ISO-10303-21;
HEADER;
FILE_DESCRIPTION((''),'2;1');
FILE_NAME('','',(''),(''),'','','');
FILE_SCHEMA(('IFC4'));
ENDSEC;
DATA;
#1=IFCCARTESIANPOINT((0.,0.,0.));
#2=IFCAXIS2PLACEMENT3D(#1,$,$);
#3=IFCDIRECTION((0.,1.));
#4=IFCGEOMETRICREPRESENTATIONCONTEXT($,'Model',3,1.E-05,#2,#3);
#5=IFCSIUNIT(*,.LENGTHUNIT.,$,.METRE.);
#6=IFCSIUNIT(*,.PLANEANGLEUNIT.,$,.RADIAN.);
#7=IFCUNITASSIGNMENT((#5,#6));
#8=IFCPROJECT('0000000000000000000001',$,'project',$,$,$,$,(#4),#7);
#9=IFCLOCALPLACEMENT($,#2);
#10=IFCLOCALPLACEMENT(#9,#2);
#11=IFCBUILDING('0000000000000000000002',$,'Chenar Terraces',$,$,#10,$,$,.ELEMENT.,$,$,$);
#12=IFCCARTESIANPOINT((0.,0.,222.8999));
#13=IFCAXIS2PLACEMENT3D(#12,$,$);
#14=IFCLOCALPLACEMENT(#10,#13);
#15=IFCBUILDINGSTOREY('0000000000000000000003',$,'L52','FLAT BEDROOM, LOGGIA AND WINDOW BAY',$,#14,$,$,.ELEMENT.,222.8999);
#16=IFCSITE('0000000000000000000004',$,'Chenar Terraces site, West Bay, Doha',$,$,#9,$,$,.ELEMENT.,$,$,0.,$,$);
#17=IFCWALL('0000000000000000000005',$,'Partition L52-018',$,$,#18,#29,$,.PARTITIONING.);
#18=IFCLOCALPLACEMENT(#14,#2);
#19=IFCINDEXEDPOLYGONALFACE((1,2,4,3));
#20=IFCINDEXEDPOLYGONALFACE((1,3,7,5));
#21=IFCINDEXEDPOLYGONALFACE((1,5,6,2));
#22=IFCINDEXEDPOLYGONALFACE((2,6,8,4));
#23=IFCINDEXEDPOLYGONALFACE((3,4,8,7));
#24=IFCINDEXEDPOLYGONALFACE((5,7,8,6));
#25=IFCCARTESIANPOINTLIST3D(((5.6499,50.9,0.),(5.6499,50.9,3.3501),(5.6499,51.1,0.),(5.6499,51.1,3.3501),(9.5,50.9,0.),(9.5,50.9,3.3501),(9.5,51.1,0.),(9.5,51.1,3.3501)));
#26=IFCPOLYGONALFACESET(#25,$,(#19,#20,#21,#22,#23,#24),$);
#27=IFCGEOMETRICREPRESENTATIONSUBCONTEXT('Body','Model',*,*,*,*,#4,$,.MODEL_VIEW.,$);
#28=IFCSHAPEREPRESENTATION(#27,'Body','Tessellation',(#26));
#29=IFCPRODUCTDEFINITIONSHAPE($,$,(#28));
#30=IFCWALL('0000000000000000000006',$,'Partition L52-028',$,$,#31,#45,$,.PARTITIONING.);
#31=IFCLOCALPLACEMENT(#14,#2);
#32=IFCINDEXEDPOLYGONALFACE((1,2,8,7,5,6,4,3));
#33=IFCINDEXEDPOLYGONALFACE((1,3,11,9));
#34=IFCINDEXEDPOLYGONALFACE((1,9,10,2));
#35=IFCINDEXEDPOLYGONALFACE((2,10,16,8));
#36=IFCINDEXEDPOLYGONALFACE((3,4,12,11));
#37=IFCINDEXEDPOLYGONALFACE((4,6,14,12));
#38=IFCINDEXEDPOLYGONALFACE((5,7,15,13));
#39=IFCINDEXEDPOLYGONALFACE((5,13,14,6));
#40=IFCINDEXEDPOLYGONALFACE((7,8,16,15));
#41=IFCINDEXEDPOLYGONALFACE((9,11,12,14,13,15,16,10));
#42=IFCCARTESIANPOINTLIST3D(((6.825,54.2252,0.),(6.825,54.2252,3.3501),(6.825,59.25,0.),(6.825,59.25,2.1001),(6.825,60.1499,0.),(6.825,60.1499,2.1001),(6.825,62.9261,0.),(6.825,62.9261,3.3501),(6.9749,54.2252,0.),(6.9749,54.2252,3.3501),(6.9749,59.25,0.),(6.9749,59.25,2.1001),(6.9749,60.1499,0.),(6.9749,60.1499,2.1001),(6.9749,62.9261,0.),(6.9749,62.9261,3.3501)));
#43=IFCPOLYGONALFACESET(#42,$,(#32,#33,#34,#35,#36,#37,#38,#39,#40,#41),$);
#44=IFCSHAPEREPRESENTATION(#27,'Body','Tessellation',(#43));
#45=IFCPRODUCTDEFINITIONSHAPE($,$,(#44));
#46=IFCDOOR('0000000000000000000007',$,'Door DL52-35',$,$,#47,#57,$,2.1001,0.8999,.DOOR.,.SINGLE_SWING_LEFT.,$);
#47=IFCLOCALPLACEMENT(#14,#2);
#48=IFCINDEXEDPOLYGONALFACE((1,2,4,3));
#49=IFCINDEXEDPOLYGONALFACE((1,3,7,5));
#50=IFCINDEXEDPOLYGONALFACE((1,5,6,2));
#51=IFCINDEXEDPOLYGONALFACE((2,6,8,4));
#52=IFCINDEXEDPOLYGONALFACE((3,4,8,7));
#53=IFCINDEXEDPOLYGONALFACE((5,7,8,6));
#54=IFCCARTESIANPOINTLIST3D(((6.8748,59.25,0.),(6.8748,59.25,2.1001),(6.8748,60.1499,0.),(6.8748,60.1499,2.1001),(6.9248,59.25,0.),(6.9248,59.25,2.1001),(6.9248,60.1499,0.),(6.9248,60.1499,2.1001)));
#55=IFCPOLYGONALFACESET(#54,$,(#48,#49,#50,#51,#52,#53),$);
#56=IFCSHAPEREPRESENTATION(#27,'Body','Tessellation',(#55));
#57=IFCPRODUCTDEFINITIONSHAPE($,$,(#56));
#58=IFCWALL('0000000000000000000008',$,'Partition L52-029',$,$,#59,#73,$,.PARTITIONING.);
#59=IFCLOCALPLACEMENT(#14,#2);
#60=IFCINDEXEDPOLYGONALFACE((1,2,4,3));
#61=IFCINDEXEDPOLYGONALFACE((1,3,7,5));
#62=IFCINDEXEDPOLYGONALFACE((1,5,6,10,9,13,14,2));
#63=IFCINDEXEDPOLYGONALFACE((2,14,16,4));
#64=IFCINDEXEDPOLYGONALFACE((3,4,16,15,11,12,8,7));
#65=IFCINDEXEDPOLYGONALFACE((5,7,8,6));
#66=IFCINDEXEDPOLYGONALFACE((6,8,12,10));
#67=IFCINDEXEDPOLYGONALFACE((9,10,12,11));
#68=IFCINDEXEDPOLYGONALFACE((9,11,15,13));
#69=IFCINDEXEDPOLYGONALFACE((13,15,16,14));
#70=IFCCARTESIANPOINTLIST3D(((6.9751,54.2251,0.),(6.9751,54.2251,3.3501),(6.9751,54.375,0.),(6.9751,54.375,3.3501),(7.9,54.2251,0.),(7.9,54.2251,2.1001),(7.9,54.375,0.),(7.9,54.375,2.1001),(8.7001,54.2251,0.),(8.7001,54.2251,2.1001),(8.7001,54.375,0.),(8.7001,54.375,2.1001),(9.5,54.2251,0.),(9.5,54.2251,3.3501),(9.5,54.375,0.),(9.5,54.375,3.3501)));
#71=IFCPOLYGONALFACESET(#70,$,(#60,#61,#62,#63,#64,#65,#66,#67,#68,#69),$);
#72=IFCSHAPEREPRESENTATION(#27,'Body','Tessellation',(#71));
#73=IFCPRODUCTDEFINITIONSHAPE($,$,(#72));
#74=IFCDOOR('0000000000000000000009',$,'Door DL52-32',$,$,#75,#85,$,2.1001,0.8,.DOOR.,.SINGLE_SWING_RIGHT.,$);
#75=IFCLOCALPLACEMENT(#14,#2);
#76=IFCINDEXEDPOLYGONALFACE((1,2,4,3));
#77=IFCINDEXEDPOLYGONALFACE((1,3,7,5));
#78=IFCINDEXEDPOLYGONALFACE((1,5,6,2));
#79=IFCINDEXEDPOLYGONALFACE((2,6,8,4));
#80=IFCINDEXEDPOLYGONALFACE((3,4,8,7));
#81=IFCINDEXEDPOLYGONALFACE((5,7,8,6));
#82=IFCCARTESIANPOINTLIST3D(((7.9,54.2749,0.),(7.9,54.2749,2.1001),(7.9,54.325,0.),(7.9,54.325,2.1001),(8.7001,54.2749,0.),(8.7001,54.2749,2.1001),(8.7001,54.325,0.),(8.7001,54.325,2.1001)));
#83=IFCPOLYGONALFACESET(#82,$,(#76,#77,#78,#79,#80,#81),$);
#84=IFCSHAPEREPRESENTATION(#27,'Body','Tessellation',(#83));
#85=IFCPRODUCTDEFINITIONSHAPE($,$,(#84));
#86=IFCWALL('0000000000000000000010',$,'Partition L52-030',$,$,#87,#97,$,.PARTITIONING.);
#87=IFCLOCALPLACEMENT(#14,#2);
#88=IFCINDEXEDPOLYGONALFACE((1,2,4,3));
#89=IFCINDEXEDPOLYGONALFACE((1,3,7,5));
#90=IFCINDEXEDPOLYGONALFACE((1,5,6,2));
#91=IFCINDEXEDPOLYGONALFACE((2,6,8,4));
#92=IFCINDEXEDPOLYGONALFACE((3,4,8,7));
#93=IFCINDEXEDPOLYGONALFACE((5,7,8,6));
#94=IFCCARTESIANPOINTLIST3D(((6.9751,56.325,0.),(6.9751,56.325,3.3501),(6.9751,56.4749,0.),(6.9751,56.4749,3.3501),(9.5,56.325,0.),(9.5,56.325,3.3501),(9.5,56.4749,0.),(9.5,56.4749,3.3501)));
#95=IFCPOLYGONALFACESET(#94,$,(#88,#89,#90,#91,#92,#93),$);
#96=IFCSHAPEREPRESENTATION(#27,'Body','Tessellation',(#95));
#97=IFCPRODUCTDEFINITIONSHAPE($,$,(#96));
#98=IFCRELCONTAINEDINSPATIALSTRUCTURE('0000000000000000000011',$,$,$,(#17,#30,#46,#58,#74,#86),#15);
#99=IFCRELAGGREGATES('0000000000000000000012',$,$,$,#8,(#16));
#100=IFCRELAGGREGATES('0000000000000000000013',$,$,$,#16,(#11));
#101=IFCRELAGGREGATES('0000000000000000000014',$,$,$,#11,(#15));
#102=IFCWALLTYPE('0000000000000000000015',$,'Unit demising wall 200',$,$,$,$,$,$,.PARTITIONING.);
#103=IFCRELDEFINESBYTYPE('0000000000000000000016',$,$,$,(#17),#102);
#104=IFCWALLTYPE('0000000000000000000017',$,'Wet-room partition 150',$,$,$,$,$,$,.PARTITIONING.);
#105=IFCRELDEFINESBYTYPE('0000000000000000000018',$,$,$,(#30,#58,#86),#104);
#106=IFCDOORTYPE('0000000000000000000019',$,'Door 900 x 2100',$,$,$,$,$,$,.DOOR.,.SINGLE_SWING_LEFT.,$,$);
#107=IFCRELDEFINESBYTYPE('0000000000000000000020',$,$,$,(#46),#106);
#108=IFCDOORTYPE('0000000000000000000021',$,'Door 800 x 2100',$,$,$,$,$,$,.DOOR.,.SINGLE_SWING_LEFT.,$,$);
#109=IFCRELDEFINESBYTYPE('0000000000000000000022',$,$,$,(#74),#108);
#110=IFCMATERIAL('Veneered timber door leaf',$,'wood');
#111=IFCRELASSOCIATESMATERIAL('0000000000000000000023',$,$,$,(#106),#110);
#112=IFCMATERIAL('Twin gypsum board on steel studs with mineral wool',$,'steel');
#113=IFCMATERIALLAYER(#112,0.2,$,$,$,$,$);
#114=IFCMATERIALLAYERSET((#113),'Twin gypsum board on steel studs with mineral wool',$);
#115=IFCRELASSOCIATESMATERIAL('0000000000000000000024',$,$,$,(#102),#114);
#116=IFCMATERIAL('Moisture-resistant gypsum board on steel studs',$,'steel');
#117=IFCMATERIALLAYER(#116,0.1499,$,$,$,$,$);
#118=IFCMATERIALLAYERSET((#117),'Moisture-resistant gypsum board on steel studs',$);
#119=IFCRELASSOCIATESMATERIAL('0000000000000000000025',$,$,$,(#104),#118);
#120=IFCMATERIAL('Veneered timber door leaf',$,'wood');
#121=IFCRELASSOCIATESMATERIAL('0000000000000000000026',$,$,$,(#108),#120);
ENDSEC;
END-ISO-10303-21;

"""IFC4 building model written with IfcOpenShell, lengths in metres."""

from ifc_helpers import new_model, si_unit, direction, frame, frame_2d, origin, place, context, subcontext, project, spatial, rectangle, extrude, material, layer, layer_set, type_object, element, fill, save


model = new_model("IFC4")

# Units and contexts
model_context = context("Model", 3, precision=1e-05, world=origin(), true_north=direction((0.0, 1.0)))
body_context = subcontext(model_context, "Body", "Model", "MODEL_VIEW")
ifc_project = project(units=[si_unit("LENGTHUNIT", "METRE"), si_unit("PLANEANGLEUNIT", "RADIAN")], contexts=[model_context])

# Site, building, storey
site_placement = place(None, origin())
site = spatial("IfcSite", under=ifc_project, at=site_placement, Name="Chenar Terraces site, West Bay, Doha", CompositionType="ELEMENT", RefElevation=0.0)
building_placement = place(site_placement, origin())
building = spatial("IfcBuilding", under=site, at=building_placement, Name="Chenar Terraces", CompositionType="ELEMENT")
storey_placement = place(building_placement, frame((0.0, 0.0, 222.8999)))
storey = spatial("IfcBuildingStorey", under=building, at=storey_placement, Name="L52", Description="FLAT BEDROOM, LOGGIA AND WINDOW BAY", CompositionType="ELEMENT", Elevation=222.8999)

# Shared definitions
ifc_material_1 = material(Name="Veneered timber door leaf", Category="wood")
door_type_1 = type_object("IfcDoorType", Name="Door 900 x 2100", OperationType="SINGLE_SWING_LEFT", PredefinedType="DOOR", material=ifc_material_1)

# Wall
ifc_material_2 = material(Name="Twin gypsum board on steel studs with mineral wool", Category="steel")
ifc_layer_1 = layer(ifc_material_2, 0.2)
ifc_layer_set_1 = layer_set([ifc_layer_1], Name="Twin gypsum board on steel studs with mineral wool")
wall_type_1 = type_object("IfcWallType", Name="Unit demising wall 200", PredefinedType="PARTITIONING", material=ifc_layer_set_1)
wall_1_placement = place(storey_placement, frame((5.6499, 51.0, 0.0), z_axis=(0.0, 0.0, 1.0), x_axis=(1.0, 0.0, 0.0)))
element("IfcWall", 1, at=wall_1_placement, inside=storey, type_object=wall_type_1, Name="Partition L52-018", PredefinedType="PARTITIONING", context=body_context, shape_type="SweptSolid", body=[
    extrude(rectangle(XDim=3.8501, YDim=0.2, at=frame_2d((1.925, 0.0))), origin(), (0.0, 0.0, 1.0), 3.3501),
])

# Walls, openings, doors
ifc_material_3 = material(Name="Moisture-resistant gypsum board on steel studs", Category="steel")
ifc_layer_2 = layer(ifc_material_3, 0.1499)
ifc_layer_set_2 = layer_set([ifc_layer_2], Name="Moisture-resistant gypsum board on steel studs")
wall_type_2 = type_object("IfcWallType", Name="Wet-room partition 150", PredefinedType="PARTITIONING", material=ifc_layer_set_2)
wall_2_placement = place(storey_placement, frame((6.8999, 54.2251, 0.0), z_axis=(0.0, 0.0, 1.0), x_axis=(0.0, 1.0, 0.0)))
wall_2 = element("IfcWall", 2, at=wall_2_placement, inside=storey, type_object=wall_type_2, Name="Partition L52-028", PredefinedType="PARTITIONING", context=body_context, shape_type="SweptSolid", body=[
    extrude(rectangle(XDim=8.7009, YDim=0.1499, at=frame_2d((4.3506, 0.0))), origin(), (0.0, 0.0, 1.0), 3.3501),
])
opening_1_placement = place(wall_2_placement, frame((5.0249, 0.0, 0.0)))
opening_1 = element("IfcOpeningElement", 3, at=opening_1_placement, cuts=wall_2, PredefinedType="OPENING", context=body_context, shape_type="SweptSolid", body=[
    extrude(rectangle(XDim=0.8999, YDim=2.1001, at=frame_2d((0.45, 1.05))), frame((0.0, 0.085, 0.0), z_axis=(0.0, -1.0, 0.0), x_axis=(1.0, 0.0, 0.0)), (0.0, 0.0, 1.0), 0.1699),
])
door_1_placement = place(opening_1_placement, frame((0.8999, 0.0, 0.0), z_axis=(0.0, 0.0, 1.0), x_axis=(-1.0, 0.0, 0.0)))
door_1 = element("IfcDoor", 4, at=door_1_placement, inside=storey, type_object=door_type_1, Name="Door DL52-35", OperationType="SINGLE_SWING_LEFT", OverallHeight=2.1001, OverallWidth=0.8999, PredefinedType="DOOR", context=body_context, shape_type="SweptSolid", body=[
    extrude(rectangle(XDim=0.8999, YDim=2.1001, at=frame_2d((0.45, 1.05))), frame((0.0, 0.0249, 0.0), z_axis=(0.0, -1.0, 0.0), x_axis=(1.0, 0.0, 0.0)), (0.0, 0.0, 1.0), 0.05),
])
fill(opening_1, door_1)
wall_3_placement = place(storey_placement, frame((6.9751, 54.3, 0.0), z_axis=(0.0, 0.0, 1.0), x_axis=(1.0, 0.0, 0.0)))
wall_3 = element("IfcWall", 5, at=wall_3_placement, inside=storey, type_object=wall_type_2, Name="Partition L52-029", PredefinedType="PARTITIONING", context=body_context, shape_type="SweptSolid", body=[
    extrude(rectangle(XDim=2.5249, YDim=0.1499, at=frame_2d((1.2625, 0.0))), origin(), (0.0, 0.0, 1.0), 3.3501),
])
opening_2_placement = place(wall_3_placement, frame((0.925, 0.0, 0.0)))
opening_2 = element("IfcOpeningElement", 6, at=opening_2_placement, cuts=wall_3, PredefinedType="OPENING", context=body_context, shape_type="SweptSolid", body=[
    extrude(rectangle(XDim=0.8, YDim=2.1001, at=frame_2d((0.3999, 1.05))), frame((0.0, 0.085, 0.0), z_axis=(0.0, -1.0, 0.0), x_axis=(1.0, 0.0, 0.0)), (0.0, 0.0, 1.0), 0.1699),
])
ifc_material_4 = material(Name="Veneered timber door leaf", Category="wood")
door_type_2 = type_object("IfcDoorType", Name="Door 800 x 2100", OperationType="SINGLE_SWING_LEFT", PredefinedType="DOOR", material=ifc_material_4)
door_2_placement = place(opening_2_placement, origin())
door_2 = element("IfcDoor", 7, at=door_2_placement, inside=storey, type_object=door_type_2, Name="Door DL52-32", OperationType="SINGLE_SWING_RIGHT", OverallHeight=2.1001, OverallWidth=0.8, PredefinedType="DOOR", context=body_context, shape_type="SweptSolid", body=[
    extrude(rectangle(XDim=0.8, YDim=2.1001, at=frame_2d((0.3999, 1.05))), frame((0.0, 0.0249, 0.0), z_axis=(0.0, -1.0, 0.0), x_axis=(1.0, 0.0, 0.0)), (0.0, 0.0, 1.0), 0.05),
])
fill(opening_2, door_2)

# Wall
wall_4_placement = place(storey_placement, frame((6.9751, 56.3999, 0.0), z_axis=(0.0, 0.0, 1.0), x_axis=(1.0, 0.0, 0.0)))
element("IfcWall", 8, at=wall_4_placement, inside=storey, type_object=wall_type_2, Name="Partition L52-030", PredefinedType="PARTITIONING", context=body_context, shape_type="SweptSolid", body=[
    extrude(rectangle(XDim=2.5249, YDim=0.1499, at=frame_2d((1.2625, 0.0))), origin(), (0.0, 0.0, 1.0), 3.3501),
])

save(model, "model.ifc")
